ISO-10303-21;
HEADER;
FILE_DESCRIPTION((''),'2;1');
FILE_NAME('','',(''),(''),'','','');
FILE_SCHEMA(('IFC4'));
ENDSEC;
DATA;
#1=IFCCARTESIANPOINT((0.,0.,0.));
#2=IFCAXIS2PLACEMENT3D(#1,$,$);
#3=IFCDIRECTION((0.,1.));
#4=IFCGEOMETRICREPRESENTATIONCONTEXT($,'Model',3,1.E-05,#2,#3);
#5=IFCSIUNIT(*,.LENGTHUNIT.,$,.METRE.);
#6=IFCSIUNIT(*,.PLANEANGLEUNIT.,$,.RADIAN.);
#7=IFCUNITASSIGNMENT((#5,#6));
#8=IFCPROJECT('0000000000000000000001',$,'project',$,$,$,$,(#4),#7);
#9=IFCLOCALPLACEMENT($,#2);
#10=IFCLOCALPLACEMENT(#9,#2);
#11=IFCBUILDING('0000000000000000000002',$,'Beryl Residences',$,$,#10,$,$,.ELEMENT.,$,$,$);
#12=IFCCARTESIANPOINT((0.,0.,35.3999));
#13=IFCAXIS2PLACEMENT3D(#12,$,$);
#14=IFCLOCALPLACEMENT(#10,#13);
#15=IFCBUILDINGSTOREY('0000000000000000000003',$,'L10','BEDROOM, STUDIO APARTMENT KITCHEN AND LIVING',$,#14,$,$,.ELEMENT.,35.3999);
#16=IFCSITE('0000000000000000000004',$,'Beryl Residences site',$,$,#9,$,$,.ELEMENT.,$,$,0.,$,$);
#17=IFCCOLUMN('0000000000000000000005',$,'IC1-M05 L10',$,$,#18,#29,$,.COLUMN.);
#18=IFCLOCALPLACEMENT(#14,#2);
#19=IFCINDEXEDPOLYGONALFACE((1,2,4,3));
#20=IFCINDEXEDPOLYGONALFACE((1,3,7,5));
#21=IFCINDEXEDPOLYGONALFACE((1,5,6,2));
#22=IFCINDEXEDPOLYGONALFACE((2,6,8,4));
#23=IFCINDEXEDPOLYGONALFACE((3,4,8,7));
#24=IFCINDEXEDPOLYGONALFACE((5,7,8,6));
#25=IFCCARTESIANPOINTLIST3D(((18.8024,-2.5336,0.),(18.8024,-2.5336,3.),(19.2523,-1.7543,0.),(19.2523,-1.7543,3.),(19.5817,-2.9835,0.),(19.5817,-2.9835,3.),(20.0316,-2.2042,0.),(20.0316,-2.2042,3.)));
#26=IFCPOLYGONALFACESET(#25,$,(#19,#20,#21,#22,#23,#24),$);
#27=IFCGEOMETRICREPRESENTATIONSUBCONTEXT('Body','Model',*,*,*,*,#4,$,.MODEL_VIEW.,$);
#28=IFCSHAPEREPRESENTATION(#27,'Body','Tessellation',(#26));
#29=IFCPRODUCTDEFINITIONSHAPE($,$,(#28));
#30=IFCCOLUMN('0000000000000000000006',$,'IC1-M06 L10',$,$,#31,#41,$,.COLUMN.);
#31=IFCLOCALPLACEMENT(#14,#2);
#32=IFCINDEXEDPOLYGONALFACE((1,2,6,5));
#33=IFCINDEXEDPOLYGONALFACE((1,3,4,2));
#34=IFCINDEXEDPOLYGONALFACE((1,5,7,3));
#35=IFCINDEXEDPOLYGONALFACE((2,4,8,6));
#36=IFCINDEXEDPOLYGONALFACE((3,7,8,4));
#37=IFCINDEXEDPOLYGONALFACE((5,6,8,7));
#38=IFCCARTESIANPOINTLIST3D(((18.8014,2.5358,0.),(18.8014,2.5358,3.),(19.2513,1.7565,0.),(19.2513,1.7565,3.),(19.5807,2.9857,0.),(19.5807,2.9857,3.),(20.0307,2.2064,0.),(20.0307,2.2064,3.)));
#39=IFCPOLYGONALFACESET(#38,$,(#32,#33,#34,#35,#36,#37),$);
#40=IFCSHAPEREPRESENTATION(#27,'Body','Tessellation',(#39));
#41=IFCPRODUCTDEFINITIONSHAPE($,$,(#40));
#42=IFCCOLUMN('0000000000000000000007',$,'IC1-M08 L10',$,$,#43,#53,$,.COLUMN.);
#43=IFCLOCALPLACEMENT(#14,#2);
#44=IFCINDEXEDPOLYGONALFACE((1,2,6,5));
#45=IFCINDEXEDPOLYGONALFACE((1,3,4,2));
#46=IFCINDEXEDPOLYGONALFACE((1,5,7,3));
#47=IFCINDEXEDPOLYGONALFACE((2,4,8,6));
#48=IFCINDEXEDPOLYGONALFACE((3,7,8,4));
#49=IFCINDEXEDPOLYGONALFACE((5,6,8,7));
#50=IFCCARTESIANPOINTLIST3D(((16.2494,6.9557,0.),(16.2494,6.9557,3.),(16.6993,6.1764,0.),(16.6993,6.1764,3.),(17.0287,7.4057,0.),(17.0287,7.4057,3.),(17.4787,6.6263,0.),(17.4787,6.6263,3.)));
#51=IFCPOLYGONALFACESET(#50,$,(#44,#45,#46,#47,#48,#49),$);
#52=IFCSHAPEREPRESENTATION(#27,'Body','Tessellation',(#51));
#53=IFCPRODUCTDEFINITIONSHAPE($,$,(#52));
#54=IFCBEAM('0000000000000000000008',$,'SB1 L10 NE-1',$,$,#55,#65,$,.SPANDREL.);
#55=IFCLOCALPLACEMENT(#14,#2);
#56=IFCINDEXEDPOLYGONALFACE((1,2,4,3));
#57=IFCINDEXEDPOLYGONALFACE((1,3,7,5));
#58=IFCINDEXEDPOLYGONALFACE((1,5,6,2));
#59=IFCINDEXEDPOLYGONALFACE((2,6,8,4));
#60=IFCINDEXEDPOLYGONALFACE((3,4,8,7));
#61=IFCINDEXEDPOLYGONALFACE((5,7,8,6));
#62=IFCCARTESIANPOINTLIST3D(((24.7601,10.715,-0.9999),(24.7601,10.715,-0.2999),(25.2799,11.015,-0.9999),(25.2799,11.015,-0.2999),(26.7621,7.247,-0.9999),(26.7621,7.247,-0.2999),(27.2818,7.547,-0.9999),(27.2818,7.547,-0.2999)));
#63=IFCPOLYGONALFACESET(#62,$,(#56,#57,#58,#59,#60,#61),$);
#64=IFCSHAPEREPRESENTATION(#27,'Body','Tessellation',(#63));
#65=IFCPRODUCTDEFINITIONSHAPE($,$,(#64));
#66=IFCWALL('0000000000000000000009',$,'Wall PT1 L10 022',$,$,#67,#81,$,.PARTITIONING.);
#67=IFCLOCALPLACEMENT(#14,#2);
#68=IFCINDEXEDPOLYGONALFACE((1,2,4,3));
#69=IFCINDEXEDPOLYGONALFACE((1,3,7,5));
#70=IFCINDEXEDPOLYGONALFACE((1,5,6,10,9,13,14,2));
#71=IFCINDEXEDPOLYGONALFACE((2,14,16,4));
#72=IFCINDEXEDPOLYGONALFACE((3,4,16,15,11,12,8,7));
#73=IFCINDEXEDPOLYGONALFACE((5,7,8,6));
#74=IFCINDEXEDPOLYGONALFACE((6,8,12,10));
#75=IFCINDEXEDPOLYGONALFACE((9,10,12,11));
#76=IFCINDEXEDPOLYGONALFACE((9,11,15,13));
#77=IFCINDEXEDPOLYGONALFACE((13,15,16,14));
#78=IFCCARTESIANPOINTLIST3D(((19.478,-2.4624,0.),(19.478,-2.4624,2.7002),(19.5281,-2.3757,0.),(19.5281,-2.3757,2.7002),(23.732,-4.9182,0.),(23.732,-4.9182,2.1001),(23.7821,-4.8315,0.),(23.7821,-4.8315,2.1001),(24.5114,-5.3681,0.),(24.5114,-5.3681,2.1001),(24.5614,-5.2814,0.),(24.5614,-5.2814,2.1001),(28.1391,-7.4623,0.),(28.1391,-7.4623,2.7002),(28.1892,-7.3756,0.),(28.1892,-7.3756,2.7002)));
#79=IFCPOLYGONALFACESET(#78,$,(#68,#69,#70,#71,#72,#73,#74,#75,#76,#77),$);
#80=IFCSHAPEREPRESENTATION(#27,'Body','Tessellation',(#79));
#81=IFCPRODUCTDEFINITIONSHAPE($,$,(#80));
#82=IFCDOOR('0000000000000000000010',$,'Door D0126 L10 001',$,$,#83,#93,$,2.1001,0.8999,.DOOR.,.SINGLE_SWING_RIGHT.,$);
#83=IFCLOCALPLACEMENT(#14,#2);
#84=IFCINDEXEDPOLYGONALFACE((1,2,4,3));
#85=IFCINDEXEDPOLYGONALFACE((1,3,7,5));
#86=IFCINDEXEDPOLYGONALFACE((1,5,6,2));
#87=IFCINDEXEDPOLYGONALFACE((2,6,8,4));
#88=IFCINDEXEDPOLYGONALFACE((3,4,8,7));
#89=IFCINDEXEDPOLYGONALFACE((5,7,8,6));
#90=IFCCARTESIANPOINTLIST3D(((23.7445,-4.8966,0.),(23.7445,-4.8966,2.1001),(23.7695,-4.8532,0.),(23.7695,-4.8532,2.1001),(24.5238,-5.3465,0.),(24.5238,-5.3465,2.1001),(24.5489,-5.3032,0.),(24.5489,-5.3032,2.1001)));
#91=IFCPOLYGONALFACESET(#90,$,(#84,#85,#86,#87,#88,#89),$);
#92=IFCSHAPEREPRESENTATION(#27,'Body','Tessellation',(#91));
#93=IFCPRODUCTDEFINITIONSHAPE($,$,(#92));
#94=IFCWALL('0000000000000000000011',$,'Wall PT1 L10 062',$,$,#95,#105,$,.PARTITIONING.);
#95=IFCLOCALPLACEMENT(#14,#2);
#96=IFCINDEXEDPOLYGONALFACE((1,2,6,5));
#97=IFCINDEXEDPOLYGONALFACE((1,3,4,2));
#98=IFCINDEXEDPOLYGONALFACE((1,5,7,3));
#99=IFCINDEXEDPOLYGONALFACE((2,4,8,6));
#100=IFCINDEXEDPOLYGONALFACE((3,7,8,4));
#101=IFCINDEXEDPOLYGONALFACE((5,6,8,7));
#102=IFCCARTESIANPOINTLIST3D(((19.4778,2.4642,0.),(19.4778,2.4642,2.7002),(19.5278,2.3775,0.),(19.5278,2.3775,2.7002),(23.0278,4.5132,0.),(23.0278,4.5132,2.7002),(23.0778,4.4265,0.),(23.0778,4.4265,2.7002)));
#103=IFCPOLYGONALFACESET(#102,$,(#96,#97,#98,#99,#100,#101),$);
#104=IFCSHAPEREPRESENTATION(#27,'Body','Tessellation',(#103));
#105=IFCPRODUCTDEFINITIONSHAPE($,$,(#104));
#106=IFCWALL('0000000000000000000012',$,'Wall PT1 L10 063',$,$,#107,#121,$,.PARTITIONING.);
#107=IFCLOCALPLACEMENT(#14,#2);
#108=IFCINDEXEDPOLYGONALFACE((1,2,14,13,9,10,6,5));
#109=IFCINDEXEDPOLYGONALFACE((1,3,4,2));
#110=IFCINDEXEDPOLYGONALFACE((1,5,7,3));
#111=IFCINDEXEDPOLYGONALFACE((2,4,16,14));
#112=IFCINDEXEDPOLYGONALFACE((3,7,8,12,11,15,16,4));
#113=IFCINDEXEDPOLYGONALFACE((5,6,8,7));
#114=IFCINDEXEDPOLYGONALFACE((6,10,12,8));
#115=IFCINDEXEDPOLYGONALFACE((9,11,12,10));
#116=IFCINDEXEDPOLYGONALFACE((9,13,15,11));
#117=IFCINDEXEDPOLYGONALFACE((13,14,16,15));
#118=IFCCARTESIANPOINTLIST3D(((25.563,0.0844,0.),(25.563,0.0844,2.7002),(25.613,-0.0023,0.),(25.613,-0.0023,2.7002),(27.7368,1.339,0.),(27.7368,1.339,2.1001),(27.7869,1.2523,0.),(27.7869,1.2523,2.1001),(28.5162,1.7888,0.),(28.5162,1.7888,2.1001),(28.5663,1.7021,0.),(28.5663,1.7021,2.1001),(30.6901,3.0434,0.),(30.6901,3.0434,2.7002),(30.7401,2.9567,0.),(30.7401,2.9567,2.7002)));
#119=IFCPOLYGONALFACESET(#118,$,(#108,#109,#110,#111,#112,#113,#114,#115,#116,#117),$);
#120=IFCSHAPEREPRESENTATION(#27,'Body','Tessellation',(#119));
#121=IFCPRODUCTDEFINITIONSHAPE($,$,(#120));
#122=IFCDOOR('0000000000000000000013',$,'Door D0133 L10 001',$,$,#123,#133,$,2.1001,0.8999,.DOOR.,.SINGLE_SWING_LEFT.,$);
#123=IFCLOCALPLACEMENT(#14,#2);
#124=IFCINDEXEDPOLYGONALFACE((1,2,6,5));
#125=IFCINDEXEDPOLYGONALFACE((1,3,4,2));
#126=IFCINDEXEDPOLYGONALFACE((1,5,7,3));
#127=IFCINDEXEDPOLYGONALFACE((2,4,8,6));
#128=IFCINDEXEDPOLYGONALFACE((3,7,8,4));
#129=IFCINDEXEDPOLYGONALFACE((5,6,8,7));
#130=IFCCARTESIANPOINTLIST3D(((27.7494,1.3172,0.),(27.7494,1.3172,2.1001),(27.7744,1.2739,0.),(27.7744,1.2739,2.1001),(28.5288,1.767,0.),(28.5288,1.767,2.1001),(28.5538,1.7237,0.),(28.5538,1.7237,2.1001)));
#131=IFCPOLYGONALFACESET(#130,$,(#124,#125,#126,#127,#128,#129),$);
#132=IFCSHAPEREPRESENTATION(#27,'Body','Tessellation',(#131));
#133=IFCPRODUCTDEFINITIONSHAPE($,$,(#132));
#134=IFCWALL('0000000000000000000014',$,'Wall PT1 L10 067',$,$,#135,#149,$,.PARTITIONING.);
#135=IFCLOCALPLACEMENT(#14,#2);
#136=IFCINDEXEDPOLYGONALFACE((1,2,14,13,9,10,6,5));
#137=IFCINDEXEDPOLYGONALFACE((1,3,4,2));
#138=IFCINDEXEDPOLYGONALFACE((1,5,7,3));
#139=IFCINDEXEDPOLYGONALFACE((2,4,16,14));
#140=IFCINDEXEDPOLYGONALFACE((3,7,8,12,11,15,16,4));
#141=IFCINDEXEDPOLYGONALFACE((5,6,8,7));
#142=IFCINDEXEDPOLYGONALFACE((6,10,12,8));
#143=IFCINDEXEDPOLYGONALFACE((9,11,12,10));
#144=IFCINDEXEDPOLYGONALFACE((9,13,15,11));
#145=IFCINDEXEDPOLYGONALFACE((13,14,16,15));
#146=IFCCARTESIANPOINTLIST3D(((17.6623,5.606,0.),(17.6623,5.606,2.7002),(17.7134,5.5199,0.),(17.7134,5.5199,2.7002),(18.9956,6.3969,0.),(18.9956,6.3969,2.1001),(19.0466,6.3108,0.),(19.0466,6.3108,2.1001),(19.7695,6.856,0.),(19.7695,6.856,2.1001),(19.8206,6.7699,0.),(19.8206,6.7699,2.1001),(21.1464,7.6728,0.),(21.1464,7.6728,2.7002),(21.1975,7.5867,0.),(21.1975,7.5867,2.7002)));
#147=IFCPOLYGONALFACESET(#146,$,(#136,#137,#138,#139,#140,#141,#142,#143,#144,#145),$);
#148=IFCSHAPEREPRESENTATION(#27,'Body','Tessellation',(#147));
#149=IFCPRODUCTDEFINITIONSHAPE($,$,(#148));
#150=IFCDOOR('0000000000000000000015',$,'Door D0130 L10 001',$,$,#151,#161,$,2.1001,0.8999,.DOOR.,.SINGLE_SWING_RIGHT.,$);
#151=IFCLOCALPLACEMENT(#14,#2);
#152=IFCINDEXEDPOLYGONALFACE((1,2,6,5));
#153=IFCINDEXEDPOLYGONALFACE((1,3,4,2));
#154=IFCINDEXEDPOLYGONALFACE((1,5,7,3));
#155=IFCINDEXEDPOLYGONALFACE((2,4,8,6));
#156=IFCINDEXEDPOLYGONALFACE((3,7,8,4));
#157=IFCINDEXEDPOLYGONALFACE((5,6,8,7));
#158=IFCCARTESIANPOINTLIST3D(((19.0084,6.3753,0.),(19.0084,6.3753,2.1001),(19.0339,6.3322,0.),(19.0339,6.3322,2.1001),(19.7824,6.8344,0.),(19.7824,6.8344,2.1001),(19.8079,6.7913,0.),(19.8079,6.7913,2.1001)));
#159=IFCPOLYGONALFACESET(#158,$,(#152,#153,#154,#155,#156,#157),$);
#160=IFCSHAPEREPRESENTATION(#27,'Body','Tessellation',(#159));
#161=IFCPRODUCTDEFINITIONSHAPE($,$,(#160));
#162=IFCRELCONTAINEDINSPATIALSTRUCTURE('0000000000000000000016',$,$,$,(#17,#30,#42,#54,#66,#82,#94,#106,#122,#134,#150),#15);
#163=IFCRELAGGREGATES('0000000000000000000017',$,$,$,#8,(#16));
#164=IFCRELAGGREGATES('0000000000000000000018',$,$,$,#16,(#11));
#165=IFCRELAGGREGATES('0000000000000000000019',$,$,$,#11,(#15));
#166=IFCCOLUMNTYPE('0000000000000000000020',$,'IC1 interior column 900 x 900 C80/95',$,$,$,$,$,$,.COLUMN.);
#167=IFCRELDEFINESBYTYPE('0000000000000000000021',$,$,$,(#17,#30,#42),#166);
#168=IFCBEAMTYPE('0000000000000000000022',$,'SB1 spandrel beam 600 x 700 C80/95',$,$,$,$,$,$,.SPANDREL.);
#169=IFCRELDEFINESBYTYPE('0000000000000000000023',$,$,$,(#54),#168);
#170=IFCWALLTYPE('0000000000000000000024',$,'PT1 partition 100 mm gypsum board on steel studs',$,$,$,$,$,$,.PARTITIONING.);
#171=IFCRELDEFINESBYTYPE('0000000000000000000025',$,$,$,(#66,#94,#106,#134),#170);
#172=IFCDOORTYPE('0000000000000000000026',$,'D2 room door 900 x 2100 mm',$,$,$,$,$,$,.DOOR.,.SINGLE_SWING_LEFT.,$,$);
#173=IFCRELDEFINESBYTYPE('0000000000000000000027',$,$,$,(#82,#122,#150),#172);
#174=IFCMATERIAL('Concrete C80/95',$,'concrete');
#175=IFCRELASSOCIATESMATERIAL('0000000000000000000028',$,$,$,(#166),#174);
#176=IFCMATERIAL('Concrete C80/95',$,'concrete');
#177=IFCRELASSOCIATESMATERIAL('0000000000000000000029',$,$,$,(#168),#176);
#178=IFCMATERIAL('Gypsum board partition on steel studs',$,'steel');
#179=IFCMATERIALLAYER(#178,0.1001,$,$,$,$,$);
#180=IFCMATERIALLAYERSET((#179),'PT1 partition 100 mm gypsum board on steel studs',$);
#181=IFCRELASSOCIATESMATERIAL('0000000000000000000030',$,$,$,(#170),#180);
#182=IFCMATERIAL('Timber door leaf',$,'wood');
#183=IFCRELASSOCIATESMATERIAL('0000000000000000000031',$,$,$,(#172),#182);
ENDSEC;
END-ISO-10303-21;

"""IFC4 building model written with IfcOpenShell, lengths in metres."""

from ifc_helpers import new_model, si_unit, direction, frame, frame_2d, origin, origin_2d, place, context, subcontext, project, spatial, rectangle, extrude, material, layer, layer_set, material_profile, profile_set, type_object, element, fill, save


model = new_model("IFC4")

# Units and contexts
model_context = context("Model", 3, precision=1e-05, world=origin(), true_north=direction((0.0, 1.0)))
body_context = subcontext(model_context, "Body", "Model", "MODEL_VIEW")
ifc_project = project(units=[si_unit("LENGTHUNIT", "METRE"), si_unit("PLANEANGLEUNIT", "RADIAN")], contexts=[model_context])

# Site, building, storey
site_placement = place(None, origin())
site = spatial("IfcSite", under=ifc_project, at=site_placement, Name="Beryl Residences site", CompositionType="ELEMENT", RefElevation=0.0)
building_placement = place(site_placement, origin())
building = spatial("IfcBuilding", under=site, at=building_placement, Name="Beryl Residences", CompositionType="ELEMENT")
storey_placement = place(building_placement, frame((0.0, 0.0, 35.3999)))
storey = spatial("IfcBuildingStorey", under=building, at=storey_placement, Name="L10", Description="BEDROOM, STUDIO APARTMENT KITCHEN AND LIVING", CompositionType="ELEMENT", Elevation=35.3999)

# Columns
ifc_material_1 = material(Name="Concrete C80/95", Category="concrete")
ifc_material_profile_1 = material_profile(ifc_material_1, rectangle(XDim=0.8999, YDim=0.8999, at=origin_2d()))
ifc_profile_set_1 = profile_set([ifc_material_profile_1], Name="Concrete C80/95")
column_type = type_object("IfcColumnType", Name="IC1 interior column 900 x 900 C80/95", PredefinedType="COLUMN", material=ifc_profile_set_1)
for number, where, z_axis, x_axis, name in (
    (1, (19.417, -2.3689, 0.0), (0.0, 0.0, 1.0), (0.499985, 0.866034, 0.0), "IC1-M05 L10"),
    (2, (19.416, 2.3711, 0.0), (0.0, 0.0, 1.0), (-0.499985, 0.866034, 0.0), "IC1-M06 L10"),
    (3, (16.864, 6.791, 0.0), (0.0, 0.0, 1.0), (-0.499985, 0.866034, 0.0), "IC1-M08 L10"),
):
    element("IfcColumn", number, at=place(storey_placement, frame(where, z_axis=z_axis, x_axis=x_axis)), inside=storey, type_object=column_type, Name=name, PredefinedType="COLUMN", context=body_context, shape_type="SweptSolid", body=[
        extrude(rectangle(XDim=0.8999, YDim=0.8999, at=origin_2d()), origin(), (0.0, 0.0, 1.0), 3.0),
    ])

# Beam
ifc_material_2 = material(Name="Concrete C80/95", Category="concrete")
ifc_material_profile_2 = material_profile(ifc_material_2, rectangle(XDim=0.6001, YDim=0.7, at=origin_2d()))
ifc_profile_set_2 = profile_set([ifc_material_profile_2], Name="Concrete C80/95")
beam_type = type_object("IfcBeamType", Name="SB1 spandrel beam 600 x 700 C80/95", PredefinedType="SPANDREL", material=ifc_profile_set_2)
beam_placement = place(storey_placement, frame((27.022, 7.397, -0.6499), z_axis=(-0.499942, 0.866059, 0.0), x_axis=(-0.866059, -0.499942, 0.0)))
element("IfcBeam", 4, at=beam_placement, inside=storey, type_object=beam_type, Name="SB1 L10 NE-1", PredefinedType="SPANDREL", context=body_context, shape_type="SweptSolid", body=[
    extrude(rectangle(XDim=0.6001, YDim=0.7, at=origin_2d()), origin(), (0.0, 0.0, 1.0), 4.0044),
])

# Wall, opening, door
ifc_material_3 = material(Name="Gypsum board partition on steel studs", Category="steel")
ifc_layer_1 = layer(ifc_material_3, 0.1001)
ifc_layer_set_1 = layer_set([ifc_layer_1], Name="PT1 partition 100 mm gypsum board on steel studs")
wall_type_1 = type_object("IfcWallType", Name="PT1 partition 100 mm gypsum board on steel studs", PredefinedType="PARTITIONING", material=ifc_layer_set_1)
wall_1_placement = place(storey_placement, frame((19.5029, -2.4189, 0.0), z_axis=(0.0, 0.0, 1.0), x_axis=(0.866047, -0.499962, 0.0)))
wall_1 = element("IfcWall", 5, at=wall_1_placement, inside=storey, type_object=wall_type_1, Name="Wall PT1 L10 022", PredefinedType="PARTITIONING", context=body_context, shape_type="SweptSolid", body=[
    extrude(rectangle(XDim=10.0007, YDim=0.1001, at=frame_2d((5.0005, 0.0))), origin(), (0.0, 0.0, 1.0), 2.7002),
])
opening_1_placement = place(wall_1_placement, frame((4.9121, 0.0, 0.0)))
opening_1 = element("IfcOpeningElement", 6, at=opening_1_placement, cuts=wall_1, PredefinedType="OPENING", context=body_context, shape_type="SweptSolid", body=[
    extrude(rectangle(XDim=0.8999, YDim=2.1001, at=frame_2d((0.45, 1.05))), frame((0.0, 0.0601, 0.0), z_axis=(0.0, -1.0, 0.0), x_axis=(1.0, 0.0, 0.0)), (0.0, 0.0, 1.0), 0.1201),
])
ifc_material_4 = material(Name="Timber door leaf", Category="wood")
door_type_1 = type_object("IfcDoorType", Name="D2 room door 900 x 2100 mm", OperationType="SINGLE_SWING_LEFT", PredefinedType="DOOR", material=ifc_material_4)
door_1_placement = place(opening_1_placement, origin())
door_1 = element("IfcDoor", 7, at=door_1_placement, inside=storey, type_object=door_type_1, Name="Door D0126 L10 001", OperationType="SINGLE_SWING_RIGHT", OverallHeight=2.1001, OverallWidth=0.8999, PredefinedType="DOOR", context=body_context, shape_type="SweptSolid", body=[
    extrude(rectangle(XDim=0.8999, YDim=2.1001, at=frame_2d((0.45, 1.05))), frame((0.0, 0.0249, 0.0), z_axis=(0.0, -1.0, 0.0), x_axis=(1.0, 0.0, 0.0)), (0.0, 0.0, 1.0), 0.05),
])
fill(opening_1, door_1)

# Wall
wall_2_placement = place(storey_placement, frame((19.5029, 2.4209, 0.0), z_axis=(0.0, 0.0, 1.0), x_axis=(0.866083, 0.499899, 0.0)))
element("IfcWall", 8, at=wall_2_placement, inside=storey, type_object=wall_type_1, Name="Wall PT1 L10 062", PredefinedType="PARTITIONING", context=body_context, shape_type="SweptSolid", body=[
    extrude(rectangle(XDim=4.0989, YDim=0.1001, at=frame_2d((2.0493, 0.0))), origin(), (0.0, 0.0, 1.0), 2.7002),
])

# Walls, openings, doors
wall_3_placement = place(storey_placement, frame((25.5879, 0.041, 0.0), z_axis=(0.0, 0.0, 1.0), x_axis=(0.866113, 0.499847, 0.0)))
wall_3 = element("IfcWall", 9, at=wall_3_placement, inside=storey, type_object=wall_type_1, Name="Wall PT1 L10 063", PredefinedType="PARTITIONING", context=body_context, shape_type="SweptSolid", body=[
    extrude(rectangle(XDim=5.9197, YDim=0.1001, at=frame_2d((2.96, 0.0))), origin(), (0.0, 0.0, 1.0), 2.7002),
])
opening_2_placement = place(wall_3_placement, frame((2.51, 0.0, 0.0)))
opening_2 = element("IfcOpeningElement", 10, at=opening_2_placement, cuts=wall_3, PredefinedType="OPENING", context=body_context, shape_type="SweptSolid", body=[
    extrude(rectangle(XDim=0.8999, YDim=2.1001, at=frame_2d((0.45, 1.05))), frame((0.0, 0.0601, 0.0), z_axis=(0.0, -1.0, 0.0), x_axis=(1.0, 0.0, 0.0)), (0.0, 0.0, 1.0), 0.1201),
])
door_2_placement = place(opening_2_placement, origin())
door_2 = element("IfcDoor", 11, at=door_2_placement, inside=storey, type_object=door_type_1, Name="Door D0133 L10 001", OperationType="SINGLE_SWING_LEFT", OverallHeight=2.1001, OverallWidth=0.8999, PredefinedType="DOOR", context=body_context, shape_type="SweptSolid", body=[
    extrude(rectangle(XDim=0.8999, YDim=2.1001, at=frame_2d((0.45, 1.05))), frame((0.0, 0.0249, 0.0), z_axis=(0.0, -1.0, 0.0), x_axis=(1.0, 0.0, 0.0)), (0.0, 0.0, 1.0), 0.05),
])
fill(opening_2, door_2)
wall_4_placement = place(storey_placement, frame((17.688, 5.563, 0.0), z_axis=(0.0, 0.0, 1.0), x_axis=(0.860051, 0.510209, 0.0)))
wall_4 = element("IfcWall", 12, at=wall_4_placement, inside=storey, type_object=wall_type_1, Name="Wall PT1 L10 067", PredefinedType="PARTITIONING", context=body_context, shape_type="SweptSolid", body=[
    extrude(rectangle(XDim=4.051, YDim=0.1001, at=frame_2d((2.0254, 0.0))), origin(), (0.0, 0.0, 1.0), 2.7002),
])
opening_3_placement = place(wall_4_placement, frame((1.55, 0.0, 0.0)))
opening_3 = element("IfcOpeningElement", 13, at=opening_3_placement, cuts=wall_4, PredefinedType="OPENING", context=body_context, shape_type="SweptSolid", body=[
    extrude(rectangle(XDim=0.8999, YDim=2.1001, at=frame_2d((0.45, 1.05))), frame((0.0, 0.0601, 0.0), z_axis=(0.0, -1.0, 0.0), x_axis=(1.0, 0.0, 0.0)), (0.0, 0.0, 1.0), 0.1201),
])
door_3_placement = place(opening_3_placement, origin())
door_3 = element("IfcDoor", 14, at=door_3_placement, inside=storey, type_object=door_type_1, Name="Door D0130 L10 001", OperationType="SINGLE_SWING_RIGHT", OverallHeight=2.1001, OverallWidth=0.8999, PredefinedType="DOOR", context=body_context, shape_type="SweptSolid", body=[
    extrude(rectangle(XDim=0.8999, YDim=2.1001, at=frame_2d((0.45, 1.05))), frame((0.0, 0.0249, 0.0), z_axis=(0.0, -1.0, 0.0), x_axis=(1.0, 0.0, 0.0)), (0.0, 0.0, 1.0), 0.05),
])
fill(opening_3, door_3)

save(model, "model.ifc")
